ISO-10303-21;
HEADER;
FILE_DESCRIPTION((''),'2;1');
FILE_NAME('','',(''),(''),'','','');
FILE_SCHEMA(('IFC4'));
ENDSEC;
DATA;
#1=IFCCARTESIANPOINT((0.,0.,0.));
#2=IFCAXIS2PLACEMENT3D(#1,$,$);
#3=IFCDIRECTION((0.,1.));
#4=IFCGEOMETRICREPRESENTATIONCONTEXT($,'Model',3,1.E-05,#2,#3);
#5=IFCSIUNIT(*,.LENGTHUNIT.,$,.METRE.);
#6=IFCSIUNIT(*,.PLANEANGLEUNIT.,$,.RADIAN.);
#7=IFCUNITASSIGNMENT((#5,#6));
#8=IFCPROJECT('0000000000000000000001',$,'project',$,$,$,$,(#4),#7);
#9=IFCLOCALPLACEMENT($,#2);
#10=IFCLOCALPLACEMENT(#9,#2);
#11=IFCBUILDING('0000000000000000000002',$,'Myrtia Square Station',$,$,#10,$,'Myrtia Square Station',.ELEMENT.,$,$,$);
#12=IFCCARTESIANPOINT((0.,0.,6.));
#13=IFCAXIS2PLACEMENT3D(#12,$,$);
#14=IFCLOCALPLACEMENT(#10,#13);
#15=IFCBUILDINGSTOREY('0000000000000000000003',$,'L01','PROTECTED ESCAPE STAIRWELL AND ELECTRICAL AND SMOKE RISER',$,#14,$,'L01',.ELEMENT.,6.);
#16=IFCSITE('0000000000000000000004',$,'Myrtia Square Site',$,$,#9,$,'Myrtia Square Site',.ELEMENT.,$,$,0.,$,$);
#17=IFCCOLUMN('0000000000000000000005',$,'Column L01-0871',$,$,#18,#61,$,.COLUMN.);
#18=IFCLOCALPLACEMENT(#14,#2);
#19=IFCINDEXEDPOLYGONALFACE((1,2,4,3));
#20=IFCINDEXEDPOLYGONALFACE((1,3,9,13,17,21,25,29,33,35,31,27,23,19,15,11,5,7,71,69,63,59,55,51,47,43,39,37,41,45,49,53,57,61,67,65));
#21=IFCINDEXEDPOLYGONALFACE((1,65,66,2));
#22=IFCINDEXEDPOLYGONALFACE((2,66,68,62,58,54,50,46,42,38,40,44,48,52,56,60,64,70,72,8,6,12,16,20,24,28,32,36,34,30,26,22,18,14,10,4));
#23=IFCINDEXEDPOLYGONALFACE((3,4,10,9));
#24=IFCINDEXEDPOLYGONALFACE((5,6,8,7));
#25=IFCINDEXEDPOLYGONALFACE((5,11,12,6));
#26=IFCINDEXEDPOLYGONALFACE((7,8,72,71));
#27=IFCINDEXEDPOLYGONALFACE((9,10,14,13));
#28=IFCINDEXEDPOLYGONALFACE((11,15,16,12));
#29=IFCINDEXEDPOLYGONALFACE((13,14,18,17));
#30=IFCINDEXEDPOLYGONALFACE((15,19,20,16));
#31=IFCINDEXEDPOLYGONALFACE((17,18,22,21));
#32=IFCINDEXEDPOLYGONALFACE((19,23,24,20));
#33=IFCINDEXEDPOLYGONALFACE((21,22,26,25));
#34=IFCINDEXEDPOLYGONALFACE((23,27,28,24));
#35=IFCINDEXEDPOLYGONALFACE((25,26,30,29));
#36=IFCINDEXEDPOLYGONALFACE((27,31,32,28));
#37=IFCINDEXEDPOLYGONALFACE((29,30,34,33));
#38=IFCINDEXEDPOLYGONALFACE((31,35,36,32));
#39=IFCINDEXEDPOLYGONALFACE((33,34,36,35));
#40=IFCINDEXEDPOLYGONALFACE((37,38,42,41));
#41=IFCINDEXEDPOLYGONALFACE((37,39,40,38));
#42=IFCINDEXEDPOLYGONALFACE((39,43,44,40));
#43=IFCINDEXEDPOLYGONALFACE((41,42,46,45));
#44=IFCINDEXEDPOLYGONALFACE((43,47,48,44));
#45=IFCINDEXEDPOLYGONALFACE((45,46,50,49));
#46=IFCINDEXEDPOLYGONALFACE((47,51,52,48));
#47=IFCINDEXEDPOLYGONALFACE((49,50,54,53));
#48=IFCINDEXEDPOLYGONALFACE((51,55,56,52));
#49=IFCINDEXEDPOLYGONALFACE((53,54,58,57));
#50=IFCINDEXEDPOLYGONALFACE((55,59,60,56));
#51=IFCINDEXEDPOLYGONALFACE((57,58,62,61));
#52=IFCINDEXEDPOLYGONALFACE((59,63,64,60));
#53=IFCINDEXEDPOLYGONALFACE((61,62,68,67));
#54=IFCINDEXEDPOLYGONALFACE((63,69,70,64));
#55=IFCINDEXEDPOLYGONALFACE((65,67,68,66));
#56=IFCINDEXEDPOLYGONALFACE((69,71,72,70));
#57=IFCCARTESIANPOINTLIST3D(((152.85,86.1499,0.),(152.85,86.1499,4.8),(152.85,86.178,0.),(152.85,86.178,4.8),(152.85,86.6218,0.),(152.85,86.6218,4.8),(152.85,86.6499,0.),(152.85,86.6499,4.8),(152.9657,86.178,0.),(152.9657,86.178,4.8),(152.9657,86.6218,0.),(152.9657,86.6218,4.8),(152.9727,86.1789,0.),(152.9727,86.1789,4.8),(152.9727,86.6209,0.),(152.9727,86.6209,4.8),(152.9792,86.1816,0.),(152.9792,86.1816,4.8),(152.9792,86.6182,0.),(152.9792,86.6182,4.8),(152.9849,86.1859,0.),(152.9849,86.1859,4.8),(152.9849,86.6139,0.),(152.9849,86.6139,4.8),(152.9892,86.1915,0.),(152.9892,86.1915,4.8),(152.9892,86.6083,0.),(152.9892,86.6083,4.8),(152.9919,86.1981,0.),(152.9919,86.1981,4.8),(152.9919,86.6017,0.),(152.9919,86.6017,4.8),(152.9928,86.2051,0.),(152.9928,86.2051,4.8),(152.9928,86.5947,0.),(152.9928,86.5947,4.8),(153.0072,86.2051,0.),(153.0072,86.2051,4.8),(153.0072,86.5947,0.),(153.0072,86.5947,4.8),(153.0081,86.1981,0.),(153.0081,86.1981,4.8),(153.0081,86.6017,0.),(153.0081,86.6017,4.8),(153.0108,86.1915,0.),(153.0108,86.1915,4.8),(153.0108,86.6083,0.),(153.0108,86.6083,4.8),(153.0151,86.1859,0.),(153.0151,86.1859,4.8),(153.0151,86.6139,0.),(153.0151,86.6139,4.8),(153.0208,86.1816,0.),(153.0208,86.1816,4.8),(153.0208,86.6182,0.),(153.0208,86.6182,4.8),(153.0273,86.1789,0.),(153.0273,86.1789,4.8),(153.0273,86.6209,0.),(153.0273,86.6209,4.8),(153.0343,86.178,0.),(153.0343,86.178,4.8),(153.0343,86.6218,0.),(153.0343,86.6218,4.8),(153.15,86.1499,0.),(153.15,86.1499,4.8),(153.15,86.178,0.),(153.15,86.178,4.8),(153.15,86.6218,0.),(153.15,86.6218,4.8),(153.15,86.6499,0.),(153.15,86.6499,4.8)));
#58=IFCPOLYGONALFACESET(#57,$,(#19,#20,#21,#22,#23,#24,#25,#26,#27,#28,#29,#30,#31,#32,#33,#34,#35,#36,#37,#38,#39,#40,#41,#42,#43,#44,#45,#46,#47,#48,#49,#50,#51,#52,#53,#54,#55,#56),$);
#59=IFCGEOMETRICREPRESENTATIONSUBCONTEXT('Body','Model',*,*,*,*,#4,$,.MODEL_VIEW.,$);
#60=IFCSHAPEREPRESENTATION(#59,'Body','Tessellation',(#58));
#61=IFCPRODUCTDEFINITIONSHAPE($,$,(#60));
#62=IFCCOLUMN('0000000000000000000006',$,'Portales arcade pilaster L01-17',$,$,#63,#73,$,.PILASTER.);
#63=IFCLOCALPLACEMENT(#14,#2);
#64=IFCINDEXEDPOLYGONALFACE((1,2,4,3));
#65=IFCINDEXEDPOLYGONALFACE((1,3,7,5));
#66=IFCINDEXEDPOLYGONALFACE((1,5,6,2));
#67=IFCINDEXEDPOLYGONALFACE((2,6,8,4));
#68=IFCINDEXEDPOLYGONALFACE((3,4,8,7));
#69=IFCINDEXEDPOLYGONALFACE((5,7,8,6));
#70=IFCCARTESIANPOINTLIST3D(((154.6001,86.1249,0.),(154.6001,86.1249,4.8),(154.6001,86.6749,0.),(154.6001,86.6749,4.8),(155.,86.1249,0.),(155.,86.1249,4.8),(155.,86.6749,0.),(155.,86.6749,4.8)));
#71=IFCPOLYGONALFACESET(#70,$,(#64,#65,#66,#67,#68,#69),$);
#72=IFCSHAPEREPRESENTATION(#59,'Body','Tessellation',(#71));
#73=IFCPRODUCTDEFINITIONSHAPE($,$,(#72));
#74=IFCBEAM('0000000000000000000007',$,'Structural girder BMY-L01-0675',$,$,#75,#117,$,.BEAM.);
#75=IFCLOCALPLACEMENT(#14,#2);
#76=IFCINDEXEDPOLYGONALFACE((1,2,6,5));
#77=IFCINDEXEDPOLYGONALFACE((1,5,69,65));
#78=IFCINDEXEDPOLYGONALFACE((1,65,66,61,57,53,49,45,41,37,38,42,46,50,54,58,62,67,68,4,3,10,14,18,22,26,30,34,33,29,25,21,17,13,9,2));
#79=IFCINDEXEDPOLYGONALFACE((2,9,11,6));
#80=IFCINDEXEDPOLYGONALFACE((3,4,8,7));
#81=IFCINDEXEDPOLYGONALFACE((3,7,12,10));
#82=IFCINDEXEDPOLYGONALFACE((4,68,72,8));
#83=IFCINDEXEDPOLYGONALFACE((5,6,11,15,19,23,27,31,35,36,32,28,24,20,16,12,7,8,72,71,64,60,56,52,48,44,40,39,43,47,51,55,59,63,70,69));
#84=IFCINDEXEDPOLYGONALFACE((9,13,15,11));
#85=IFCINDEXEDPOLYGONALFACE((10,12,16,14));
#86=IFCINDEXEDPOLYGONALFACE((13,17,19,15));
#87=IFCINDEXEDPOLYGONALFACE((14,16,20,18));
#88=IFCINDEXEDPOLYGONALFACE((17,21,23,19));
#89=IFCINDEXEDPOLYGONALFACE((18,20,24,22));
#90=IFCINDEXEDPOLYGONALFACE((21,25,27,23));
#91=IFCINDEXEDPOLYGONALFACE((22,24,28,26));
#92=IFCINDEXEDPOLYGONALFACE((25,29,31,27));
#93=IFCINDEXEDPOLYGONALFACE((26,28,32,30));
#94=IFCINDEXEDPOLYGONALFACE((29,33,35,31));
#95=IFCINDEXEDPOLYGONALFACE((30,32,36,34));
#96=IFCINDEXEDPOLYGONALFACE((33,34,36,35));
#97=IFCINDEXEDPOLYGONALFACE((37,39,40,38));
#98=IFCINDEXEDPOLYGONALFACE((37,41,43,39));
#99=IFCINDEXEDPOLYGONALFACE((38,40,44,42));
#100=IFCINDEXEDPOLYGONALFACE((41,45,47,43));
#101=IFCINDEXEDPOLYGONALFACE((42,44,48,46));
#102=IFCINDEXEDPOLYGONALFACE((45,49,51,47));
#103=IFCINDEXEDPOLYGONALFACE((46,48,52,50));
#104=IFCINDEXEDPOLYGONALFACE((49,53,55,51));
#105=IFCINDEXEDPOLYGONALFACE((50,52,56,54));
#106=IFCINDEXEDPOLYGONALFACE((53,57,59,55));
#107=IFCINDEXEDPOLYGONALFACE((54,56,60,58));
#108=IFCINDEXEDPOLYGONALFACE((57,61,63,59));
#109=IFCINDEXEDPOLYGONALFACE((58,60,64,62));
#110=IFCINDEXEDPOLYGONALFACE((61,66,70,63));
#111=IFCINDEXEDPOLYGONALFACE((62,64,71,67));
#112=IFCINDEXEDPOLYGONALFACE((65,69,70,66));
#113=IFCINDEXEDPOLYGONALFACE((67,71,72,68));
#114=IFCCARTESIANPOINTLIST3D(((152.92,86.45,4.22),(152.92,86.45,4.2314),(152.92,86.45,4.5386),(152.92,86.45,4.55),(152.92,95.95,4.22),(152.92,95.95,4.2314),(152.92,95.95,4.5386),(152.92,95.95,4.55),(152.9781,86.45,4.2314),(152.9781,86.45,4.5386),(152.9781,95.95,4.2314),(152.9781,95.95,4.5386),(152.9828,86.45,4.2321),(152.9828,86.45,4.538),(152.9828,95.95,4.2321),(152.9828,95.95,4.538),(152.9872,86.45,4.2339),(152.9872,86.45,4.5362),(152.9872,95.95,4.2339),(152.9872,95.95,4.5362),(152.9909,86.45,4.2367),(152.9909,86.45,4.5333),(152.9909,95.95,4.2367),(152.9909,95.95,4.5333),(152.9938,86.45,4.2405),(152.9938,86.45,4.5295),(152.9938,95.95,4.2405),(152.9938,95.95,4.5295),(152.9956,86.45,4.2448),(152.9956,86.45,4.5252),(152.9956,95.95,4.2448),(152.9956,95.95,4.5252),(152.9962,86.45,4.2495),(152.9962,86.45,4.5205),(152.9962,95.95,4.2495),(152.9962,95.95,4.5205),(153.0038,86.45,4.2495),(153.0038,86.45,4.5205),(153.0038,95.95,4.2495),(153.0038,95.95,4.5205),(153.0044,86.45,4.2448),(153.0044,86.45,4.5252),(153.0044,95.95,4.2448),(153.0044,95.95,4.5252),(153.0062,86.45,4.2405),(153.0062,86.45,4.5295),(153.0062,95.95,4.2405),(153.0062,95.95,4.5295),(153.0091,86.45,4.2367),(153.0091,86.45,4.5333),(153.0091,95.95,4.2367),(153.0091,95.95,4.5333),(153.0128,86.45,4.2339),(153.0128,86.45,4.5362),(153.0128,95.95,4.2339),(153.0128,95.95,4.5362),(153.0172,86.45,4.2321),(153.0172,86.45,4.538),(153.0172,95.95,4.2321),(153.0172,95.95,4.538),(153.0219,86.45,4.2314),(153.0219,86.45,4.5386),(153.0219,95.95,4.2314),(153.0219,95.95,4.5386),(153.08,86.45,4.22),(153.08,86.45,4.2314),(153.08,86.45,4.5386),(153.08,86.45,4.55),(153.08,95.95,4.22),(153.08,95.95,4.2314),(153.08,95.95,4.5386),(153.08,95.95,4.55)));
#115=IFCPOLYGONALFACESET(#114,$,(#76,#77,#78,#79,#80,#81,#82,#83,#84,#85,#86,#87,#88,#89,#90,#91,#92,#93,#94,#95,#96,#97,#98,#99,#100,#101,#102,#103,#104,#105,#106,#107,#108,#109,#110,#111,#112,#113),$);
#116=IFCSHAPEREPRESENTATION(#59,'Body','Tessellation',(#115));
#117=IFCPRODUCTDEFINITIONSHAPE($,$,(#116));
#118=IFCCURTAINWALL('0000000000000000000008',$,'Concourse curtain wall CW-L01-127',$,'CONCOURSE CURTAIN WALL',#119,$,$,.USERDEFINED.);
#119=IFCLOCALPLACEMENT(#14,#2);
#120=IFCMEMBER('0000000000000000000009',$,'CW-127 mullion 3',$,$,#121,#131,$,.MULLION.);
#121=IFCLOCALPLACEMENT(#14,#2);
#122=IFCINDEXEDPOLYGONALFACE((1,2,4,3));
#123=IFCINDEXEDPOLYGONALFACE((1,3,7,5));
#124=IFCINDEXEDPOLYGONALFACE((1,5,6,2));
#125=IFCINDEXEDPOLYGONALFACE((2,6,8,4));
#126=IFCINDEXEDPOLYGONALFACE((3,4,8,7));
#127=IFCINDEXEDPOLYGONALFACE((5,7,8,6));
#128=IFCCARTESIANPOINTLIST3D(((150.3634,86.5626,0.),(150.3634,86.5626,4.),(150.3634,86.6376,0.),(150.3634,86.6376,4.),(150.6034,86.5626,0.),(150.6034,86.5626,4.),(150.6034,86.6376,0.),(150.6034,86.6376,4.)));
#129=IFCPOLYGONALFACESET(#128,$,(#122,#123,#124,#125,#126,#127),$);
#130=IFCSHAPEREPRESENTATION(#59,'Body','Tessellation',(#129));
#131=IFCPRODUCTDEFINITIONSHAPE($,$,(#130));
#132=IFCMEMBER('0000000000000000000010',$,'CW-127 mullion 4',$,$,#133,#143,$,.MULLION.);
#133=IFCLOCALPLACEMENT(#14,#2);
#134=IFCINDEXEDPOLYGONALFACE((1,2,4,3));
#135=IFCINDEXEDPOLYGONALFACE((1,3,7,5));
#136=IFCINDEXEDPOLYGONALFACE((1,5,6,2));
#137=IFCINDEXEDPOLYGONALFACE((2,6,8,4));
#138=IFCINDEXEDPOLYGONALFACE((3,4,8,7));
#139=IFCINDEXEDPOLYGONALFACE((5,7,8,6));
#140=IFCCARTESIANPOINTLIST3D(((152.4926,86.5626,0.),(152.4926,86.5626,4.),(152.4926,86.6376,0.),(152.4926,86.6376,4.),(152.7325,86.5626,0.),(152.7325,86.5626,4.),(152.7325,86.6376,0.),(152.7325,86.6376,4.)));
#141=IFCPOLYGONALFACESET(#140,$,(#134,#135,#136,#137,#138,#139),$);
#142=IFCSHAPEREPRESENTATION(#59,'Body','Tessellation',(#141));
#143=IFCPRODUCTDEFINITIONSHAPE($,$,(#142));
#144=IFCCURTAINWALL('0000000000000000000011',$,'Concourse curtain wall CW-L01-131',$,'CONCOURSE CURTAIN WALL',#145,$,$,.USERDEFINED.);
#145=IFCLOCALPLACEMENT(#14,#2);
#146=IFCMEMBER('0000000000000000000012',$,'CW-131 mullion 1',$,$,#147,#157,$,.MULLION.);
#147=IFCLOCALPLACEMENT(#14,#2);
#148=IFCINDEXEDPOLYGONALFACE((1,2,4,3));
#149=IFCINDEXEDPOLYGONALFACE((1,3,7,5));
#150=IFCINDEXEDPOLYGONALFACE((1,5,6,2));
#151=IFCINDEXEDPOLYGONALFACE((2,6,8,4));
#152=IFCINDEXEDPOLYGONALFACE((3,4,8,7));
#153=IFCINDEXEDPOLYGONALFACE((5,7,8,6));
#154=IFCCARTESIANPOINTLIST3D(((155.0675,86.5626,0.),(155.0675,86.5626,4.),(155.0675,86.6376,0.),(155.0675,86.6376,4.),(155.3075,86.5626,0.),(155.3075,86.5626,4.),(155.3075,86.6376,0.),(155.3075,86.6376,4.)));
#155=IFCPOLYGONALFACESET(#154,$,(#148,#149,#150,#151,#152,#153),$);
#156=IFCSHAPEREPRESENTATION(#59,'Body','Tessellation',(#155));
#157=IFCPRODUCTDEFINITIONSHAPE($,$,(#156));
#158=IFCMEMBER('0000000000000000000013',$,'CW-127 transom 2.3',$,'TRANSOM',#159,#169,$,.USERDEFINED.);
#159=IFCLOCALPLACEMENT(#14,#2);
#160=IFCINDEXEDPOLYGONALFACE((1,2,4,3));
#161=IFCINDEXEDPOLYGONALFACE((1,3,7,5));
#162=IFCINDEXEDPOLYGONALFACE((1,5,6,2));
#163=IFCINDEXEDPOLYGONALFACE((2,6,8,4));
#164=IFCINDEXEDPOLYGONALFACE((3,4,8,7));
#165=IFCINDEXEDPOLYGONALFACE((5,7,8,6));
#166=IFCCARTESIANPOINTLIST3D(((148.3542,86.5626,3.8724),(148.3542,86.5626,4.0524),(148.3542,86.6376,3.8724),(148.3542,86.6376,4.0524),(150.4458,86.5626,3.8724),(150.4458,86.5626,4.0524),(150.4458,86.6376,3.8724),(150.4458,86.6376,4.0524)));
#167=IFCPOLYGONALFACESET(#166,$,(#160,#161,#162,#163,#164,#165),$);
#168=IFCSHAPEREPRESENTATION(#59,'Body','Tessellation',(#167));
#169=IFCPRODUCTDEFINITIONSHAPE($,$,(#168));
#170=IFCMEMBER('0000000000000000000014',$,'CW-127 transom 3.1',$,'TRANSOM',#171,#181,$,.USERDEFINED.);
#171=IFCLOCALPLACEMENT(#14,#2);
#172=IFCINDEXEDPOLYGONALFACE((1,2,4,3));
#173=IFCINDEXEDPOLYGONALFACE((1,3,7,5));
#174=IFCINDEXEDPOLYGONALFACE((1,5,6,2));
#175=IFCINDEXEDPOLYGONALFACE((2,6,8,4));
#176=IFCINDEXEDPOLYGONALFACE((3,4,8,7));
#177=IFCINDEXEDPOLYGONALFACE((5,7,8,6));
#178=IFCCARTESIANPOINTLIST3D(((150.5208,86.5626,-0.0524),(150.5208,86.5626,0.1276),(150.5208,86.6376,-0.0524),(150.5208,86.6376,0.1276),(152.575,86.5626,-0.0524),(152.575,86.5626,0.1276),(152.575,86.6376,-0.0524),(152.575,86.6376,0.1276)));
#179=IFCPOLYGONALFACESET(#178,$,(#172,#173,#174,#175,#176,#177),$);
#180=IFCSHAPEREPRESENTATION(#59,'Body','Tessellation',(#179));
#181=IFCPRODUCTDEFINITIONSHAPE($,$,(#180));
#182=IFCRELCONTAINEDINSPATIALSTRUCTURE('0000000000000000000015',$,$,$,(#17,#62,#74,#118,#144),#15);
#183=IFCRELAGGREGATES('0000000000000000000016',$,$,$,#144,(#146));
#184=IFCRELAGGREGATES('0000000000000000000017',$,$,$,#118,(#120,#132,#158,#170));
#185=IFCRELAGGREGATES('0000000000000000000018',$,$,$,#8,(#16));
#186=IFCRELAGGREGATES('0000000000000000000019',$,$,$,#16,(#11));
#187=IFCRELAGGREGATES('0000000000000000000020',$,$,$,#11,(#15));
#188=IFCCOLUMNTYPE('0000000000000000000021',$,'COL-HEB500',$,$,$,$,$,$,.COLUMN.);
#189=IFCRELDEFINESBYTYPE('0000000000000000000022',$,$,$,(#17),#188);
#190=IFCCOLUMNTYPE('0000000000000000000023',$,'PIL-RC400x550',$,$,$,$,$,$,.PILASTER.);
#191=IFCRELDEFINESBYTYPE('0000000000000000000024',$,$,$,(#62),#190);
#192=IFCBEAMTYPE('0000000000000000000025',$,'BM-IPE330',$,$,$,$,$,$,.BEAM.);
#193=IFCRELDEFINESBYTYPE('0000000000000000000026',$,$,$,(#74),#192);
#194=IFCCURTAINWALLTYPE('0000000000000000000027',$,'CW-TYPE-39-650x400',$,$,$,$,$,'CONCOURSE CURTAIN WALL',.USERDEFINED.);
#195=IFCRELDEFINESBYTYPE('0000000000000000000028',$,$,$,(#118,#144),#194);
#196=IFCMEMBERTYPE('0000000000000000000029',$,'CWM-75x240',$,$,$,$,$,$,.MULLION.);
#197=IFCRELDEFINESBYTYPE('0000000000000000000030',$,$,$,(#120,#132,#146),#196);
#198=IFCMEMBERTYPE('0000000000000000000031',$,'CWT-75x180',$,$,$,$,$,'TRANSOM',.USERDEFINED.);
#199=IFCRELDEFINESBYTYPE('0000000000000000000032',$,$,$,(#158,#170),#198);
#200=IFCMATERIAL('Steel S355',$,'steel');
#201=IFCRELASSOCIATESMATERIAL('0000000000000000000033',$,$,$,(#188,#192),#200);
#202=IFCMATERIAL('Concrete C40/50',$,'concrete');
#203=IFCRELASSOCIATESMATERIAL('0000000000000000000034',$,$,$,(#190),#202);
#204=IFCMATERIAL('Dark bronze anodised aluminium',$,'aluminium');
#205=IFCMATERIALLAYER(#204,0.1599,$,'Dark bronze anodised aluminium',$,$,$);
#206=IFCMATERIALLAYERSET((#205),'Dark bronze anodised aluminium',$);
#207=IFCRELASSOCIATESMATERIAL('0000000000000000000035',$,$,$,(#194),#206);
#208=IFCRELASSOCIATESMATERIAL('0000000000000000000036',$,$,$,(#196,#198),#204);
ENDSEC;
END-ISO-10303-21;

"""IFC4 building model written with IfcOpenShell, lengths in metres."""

from ifc_helpers import new_model, si_unit, direction, frame, origin, origin_2d, place, context, subcontext, project, spatial, rectangle, i_section, extrude, material, layer, layer_set, material_profile, profile_set, type_object, element, aggregate, save


model = new_model("IFC4")

# Units and contexts
model_context = context("Model", 3, precision=1e-05, world=origin(), true_north=direction((0.0, 1.0)))
body_context = subcontext(model_context, "Body", "Model", "MODEL_VIEW")
ifc_project = project(units=[si_unit("LENGTHUNIT", "METRE"), si_unit("PLANEANGLEUNIT", "RADIAN")], contexts=[model_context])

# Site, building, storey
site_placement = place(None, origin())
site = spatial("IfcSite", under=ifc_project, at=site_placement, Name="Myrtia Square Site", LongName="Myrtia Square Site", CompositionType="ELEMENT", RefElevation=0.0)
building_placement = place(site_placement, origin())
building = spatial("IfcBuilding", under=site, at=building_placement, Name="Myrtia Square Station", LongName="Myrtia Square Station", CompositionType="ELEMENT")
storey_placement = place(building_placement, frame((0.0, 0.0, 6.0)))
storey = spatial("IfcBuildingStorey", under=building, at=storey_placement, Name="L01", Description="PROTECTED ESCAPE STAIRWELL AND ELECTRICAL AND SMOKE RISER", LongName="L01", CompositionType="ELEMENT", Elevation=6.0)

# Columns
ifc_material_1 = material(Name="Steel S355", Category="steel")
ifc_material_profile_1 = material_profile(ifc_material_1, i_section(OverallWidth=0.3, OverallDepth=0.5, WebThickness=0.0144, FlangeThickness=0.0281, FilletRadius=0.0271, at=origin_2d()), Name="HEB 500")
ifc_profile_set_1 = profile_set([ifc_material_profile_1], Name="Steel S355")
column_type_1 = type_object("IfcColumnType", Name="COL-HEB500", PredefinedType="COLUMN", material=ifc_profile_set_1)
column_1_placement = place(storey_placement, frame((153.0, 86.3999, 0.0), z_axis=(0.0, 0.0, 1.0), x_axis=(1.0, 0.0, 0.0)))
element("IfcColumn", 1, at=column_1_placement, inside=storey, type_object=column_type_1, Name="Column L01-0871", PredefinedType="COLUMN", context=body_context, shape_type="SweptSolid", body=[
    extrude(i_section(OverallWidth=0.3, OverallDepth=0.5, WebThickness=0.0144, FlangeThickness=0.0281, FilletRadius=0.0271, at=origin_2d()), origin(), (0.0, 0.0, 1.0), 4.8),
])
ifc_material_2 = material(Name="Concrete C40/50", Category="concrete")
ifc_material_profile_2 = material_profile(ifc_material_2, rectangle(XDim=0.3999, YDim=0.55, at=origin_2d()), Name="PIL 400x550")
ifc_profile_set_2 = profile_set([ifc_material_profile_2], Name="Concrete C40/50")
column_type_2 = type_object("IfcColumnType", Name="PIL-RC400x550", PredefinedType="PILASTER", material=ifc_profile_set_2)
column_2_placement = place(storey_placement, frame((154.8, 86.3999, 0.0), z_axis=(0.0, 0.0, 1.0), x_axis=(1.0, 0.0, 0.0)))
element("IfcColumn", 2, at=column_2_placement, inside=storey, type_object=column_type_2, Name="Portales arcade pilaster L01-17", PredefinedType="PILASTER", context=body_context, shape_type="SweptSolid", body=[
    extrude(rectangle(XDim=0.3999, YDim=0.55, at=origin_2d()), origin(), (0.0, 0.0, 1.0), 4.8),
])

# Beam
ifc_material_profile_3 = material_profile(ifc_material_1, i_section(OverallWidth=0.1599, OverallDepth=0.3301, WebThickness=0.0076, FlangeThickness=0.0115, FilletRadius=0.0181, at=origin_2d()), Name="IPE 330")
ifc_profile_set_3 = profile_set([ifc_material_profile_3], Name="Steel S355")
beam_type_1 = type_object("IfcBeamType", Name="BM-IPE330", PredefinedType="BEAM", material=ifc_profile_set_3)
beam_1_placement = place(storey_placement, frame((153.0, 86.45, 4.385), z_axis=(0.0, 1.0, 0.0), x_axis=(-1.0, 0.0, 0.0)))
element("IfcBeam", 3, at=beam_1_placement, inside=storey, type_object=beam_type_1, Name="Structural girder BMY-L01-0675", PredefinedType="BEAM", context=body_context, shape_type="SweptSolid", body=[
    extrude(i_section(OverallWidth=0.1599, OverallDepth=0.3301, WebThickness=0.0076, FlangeThickness=0.0115, FilletRadius=0.0181, at=origin_2d()), origin(), (0.0, 0.0, 1.0), 9.5),
])

# Curtain wall, members
ifc_material_3 = material(Name="Dark bronze anodised aluminium", Category="aluminium")
ifc_layer_1 = layer(ifc_material_3, 0.1599, Name="Dark bronze anodised aluminium")
ifc_layer_set_1 = layer_set([ifc_layer_1], Name="Dark bronze anodised aluminium")
curtain_wall_type = type_object("IfcCurtainWallType", Name="CW-TYPE-39-650x400", ElementType="CONCOURSE CURTAIN WALL", PredefinedType="USERDEFINED", material=ifc_layer_set_1)
curtain_wall_1_placement = place(storey_placement, origin())
curtain_wall_1 = element("IfcCurtainWall", 4, at=curtain_wall_1_placement, inside=storey, type_object=curtain_wall_type, Name="Concourse curtain wall CW-L01-127", ObjectType="CONCOURSE CURTAIN WALL", PredefinedType="USERDEFINED")
ifc_material_profile_4 = material_profile(ifc_material_3, rectangle(XDim=0.075, YDim=0.24, at=origin_2d()), Name="ALU-M 75x240")
ifc_profile_set_4 = profile_set([ifc_material_profile_4], Name="Dark bronze anodised aluminium")
member_type_1 = type_object("IfcMemberType", Name="CWM-75x240", PredefinedType="MULLION", material=ifc_profile_set_4)
member_1_placement = place(storey_placement, frame((150.4834, 86.6001, 0.0), z_axis=(0.0, 0.0, 1.0), x_axis=(0.0, 1.0, 0.0)))
member_1 = element("IfcMember", 5, at=member_1_placement, type_object=member_type_1, Name="CW-127 mullion 3", PredefinedType="MULLION", context=body_context, shape_type="SweptSolid", body=[
    extrude(rectangle(XDim=0.075, YDim=0.24, at=origin_2d()), origin(), (0.0, 0.0, 1.0), 4.0),
])
member_2_placement = place(storey_placement, frame((152.6125, 86.6001, 0.0), z_axis=(0.0, 0.0, 1.0), x_axis=(0.0, 1.0, 0.0)))
member_2 = element("IfcMember", 6, at=member_2_placement, type_object=member_type_1, Name="CW-127 mullion 4", PredefinedType="MULLION", context=body_context, shape_type="SweptSolid", body=[
    extrude(rectangle(XDim=0.075, YDim=0.24, at=origin_2d()), origin(), (0.0, 0.0, 1.0), 4.0),
])

# Curtain wall, member
curtain_wall_2_placement = place(storey_placement, origin())
curtain_wall_2 = element("IfcCurtainWall", 7, at=curtain_wall_2_placement, inside=storey, type_object=curtain_wall_type, Name="Concourse curtain wall CW-L01-131", ObjectType="CONCOURSE CURTAIN WALL", PredefinedType="USERDEFINED")
member_3_placement = place(storey_placement, frame((155.1875, 86.6001, 0.0), z_axis=(0.0, 0.0, 1.0), x_axis=(0.0, 1.0, 0.0)))
member_3 = element("IfcMember", 8, at=member_3_placement, type_object=member_type_1, Name="CW-131 mullion 1", PredefinedType="MULLION", context=body_context, shape_type="SweptSolid", body=[
    extrude(rectangle(XDim=0.075, YDim=0.24, at=origin_2d()), origin(), (0.0, 0.0, 1.0), 4.0),
])
aggregate(curtain_wall_2, [member_3])

# Members
ifc_material_profile_5 = material_profile(ifc_material_3, rectangle(XDim=0.075, YDim=0.1799, at=origin_2d()), Name="ALU-T 75x180")
ifc_profile_set_5 = profile_set([ifc_material_profile_5], Name="Dark bronze anodised aluminium")
member_type_2 = type_object("IfcMemberType", Name="CWT-75x180", ElementType="TRANSOM", PredefinedType="USERDEFINED", material=ifc_profile_set_5)
member_4_placement = place(storey_placement, frame((148.3542, 86.6001, 3.9624), z_axis=(1.0, 0.0, 0.0), x_axis=(0.0, 1.0, 0.0)))
member_4 = element("IfcMember", 9, at=member_4_placement, type_object=member_type_2, Name="CW-127 transom 2.3", ObjectType="TRANSOM", PredefinedType="USERDEFINED", context=body_context, shape_type="SweptSolid", body=[
    extrude(rectangle(XDim=0.075, YDim=0.1799, at=origin_2d()), origin(), (0.0, 0.0, 1.0), 2.0916),
])
member_5_placement = place(storey_placement, frame((150.5208, 86.6001, 0.0376), z_axis=(1.0, 0.0, 0.0), x_axis=(0.0, 1.0, 0.0)))
member_5 = element("IfcMember", 10, at=member_5_placement, type_object=member_type_2, Name="CW-127 transom 3.1", ObjectType="TRANSOM", PredefinedType="USERDEFINED", context=body_context, shape_type="SweptSolid", body=[
    extrude(rectangle(XDim=0.075, YDim=0.1799, at=origin_2d()), origin(), (0.0, 0.0, 1.0), 2.0542),
])

aggregate(curtain_wall_1, [member_1, member_2, member_4, member_5])

save(model, "model.ifc")
